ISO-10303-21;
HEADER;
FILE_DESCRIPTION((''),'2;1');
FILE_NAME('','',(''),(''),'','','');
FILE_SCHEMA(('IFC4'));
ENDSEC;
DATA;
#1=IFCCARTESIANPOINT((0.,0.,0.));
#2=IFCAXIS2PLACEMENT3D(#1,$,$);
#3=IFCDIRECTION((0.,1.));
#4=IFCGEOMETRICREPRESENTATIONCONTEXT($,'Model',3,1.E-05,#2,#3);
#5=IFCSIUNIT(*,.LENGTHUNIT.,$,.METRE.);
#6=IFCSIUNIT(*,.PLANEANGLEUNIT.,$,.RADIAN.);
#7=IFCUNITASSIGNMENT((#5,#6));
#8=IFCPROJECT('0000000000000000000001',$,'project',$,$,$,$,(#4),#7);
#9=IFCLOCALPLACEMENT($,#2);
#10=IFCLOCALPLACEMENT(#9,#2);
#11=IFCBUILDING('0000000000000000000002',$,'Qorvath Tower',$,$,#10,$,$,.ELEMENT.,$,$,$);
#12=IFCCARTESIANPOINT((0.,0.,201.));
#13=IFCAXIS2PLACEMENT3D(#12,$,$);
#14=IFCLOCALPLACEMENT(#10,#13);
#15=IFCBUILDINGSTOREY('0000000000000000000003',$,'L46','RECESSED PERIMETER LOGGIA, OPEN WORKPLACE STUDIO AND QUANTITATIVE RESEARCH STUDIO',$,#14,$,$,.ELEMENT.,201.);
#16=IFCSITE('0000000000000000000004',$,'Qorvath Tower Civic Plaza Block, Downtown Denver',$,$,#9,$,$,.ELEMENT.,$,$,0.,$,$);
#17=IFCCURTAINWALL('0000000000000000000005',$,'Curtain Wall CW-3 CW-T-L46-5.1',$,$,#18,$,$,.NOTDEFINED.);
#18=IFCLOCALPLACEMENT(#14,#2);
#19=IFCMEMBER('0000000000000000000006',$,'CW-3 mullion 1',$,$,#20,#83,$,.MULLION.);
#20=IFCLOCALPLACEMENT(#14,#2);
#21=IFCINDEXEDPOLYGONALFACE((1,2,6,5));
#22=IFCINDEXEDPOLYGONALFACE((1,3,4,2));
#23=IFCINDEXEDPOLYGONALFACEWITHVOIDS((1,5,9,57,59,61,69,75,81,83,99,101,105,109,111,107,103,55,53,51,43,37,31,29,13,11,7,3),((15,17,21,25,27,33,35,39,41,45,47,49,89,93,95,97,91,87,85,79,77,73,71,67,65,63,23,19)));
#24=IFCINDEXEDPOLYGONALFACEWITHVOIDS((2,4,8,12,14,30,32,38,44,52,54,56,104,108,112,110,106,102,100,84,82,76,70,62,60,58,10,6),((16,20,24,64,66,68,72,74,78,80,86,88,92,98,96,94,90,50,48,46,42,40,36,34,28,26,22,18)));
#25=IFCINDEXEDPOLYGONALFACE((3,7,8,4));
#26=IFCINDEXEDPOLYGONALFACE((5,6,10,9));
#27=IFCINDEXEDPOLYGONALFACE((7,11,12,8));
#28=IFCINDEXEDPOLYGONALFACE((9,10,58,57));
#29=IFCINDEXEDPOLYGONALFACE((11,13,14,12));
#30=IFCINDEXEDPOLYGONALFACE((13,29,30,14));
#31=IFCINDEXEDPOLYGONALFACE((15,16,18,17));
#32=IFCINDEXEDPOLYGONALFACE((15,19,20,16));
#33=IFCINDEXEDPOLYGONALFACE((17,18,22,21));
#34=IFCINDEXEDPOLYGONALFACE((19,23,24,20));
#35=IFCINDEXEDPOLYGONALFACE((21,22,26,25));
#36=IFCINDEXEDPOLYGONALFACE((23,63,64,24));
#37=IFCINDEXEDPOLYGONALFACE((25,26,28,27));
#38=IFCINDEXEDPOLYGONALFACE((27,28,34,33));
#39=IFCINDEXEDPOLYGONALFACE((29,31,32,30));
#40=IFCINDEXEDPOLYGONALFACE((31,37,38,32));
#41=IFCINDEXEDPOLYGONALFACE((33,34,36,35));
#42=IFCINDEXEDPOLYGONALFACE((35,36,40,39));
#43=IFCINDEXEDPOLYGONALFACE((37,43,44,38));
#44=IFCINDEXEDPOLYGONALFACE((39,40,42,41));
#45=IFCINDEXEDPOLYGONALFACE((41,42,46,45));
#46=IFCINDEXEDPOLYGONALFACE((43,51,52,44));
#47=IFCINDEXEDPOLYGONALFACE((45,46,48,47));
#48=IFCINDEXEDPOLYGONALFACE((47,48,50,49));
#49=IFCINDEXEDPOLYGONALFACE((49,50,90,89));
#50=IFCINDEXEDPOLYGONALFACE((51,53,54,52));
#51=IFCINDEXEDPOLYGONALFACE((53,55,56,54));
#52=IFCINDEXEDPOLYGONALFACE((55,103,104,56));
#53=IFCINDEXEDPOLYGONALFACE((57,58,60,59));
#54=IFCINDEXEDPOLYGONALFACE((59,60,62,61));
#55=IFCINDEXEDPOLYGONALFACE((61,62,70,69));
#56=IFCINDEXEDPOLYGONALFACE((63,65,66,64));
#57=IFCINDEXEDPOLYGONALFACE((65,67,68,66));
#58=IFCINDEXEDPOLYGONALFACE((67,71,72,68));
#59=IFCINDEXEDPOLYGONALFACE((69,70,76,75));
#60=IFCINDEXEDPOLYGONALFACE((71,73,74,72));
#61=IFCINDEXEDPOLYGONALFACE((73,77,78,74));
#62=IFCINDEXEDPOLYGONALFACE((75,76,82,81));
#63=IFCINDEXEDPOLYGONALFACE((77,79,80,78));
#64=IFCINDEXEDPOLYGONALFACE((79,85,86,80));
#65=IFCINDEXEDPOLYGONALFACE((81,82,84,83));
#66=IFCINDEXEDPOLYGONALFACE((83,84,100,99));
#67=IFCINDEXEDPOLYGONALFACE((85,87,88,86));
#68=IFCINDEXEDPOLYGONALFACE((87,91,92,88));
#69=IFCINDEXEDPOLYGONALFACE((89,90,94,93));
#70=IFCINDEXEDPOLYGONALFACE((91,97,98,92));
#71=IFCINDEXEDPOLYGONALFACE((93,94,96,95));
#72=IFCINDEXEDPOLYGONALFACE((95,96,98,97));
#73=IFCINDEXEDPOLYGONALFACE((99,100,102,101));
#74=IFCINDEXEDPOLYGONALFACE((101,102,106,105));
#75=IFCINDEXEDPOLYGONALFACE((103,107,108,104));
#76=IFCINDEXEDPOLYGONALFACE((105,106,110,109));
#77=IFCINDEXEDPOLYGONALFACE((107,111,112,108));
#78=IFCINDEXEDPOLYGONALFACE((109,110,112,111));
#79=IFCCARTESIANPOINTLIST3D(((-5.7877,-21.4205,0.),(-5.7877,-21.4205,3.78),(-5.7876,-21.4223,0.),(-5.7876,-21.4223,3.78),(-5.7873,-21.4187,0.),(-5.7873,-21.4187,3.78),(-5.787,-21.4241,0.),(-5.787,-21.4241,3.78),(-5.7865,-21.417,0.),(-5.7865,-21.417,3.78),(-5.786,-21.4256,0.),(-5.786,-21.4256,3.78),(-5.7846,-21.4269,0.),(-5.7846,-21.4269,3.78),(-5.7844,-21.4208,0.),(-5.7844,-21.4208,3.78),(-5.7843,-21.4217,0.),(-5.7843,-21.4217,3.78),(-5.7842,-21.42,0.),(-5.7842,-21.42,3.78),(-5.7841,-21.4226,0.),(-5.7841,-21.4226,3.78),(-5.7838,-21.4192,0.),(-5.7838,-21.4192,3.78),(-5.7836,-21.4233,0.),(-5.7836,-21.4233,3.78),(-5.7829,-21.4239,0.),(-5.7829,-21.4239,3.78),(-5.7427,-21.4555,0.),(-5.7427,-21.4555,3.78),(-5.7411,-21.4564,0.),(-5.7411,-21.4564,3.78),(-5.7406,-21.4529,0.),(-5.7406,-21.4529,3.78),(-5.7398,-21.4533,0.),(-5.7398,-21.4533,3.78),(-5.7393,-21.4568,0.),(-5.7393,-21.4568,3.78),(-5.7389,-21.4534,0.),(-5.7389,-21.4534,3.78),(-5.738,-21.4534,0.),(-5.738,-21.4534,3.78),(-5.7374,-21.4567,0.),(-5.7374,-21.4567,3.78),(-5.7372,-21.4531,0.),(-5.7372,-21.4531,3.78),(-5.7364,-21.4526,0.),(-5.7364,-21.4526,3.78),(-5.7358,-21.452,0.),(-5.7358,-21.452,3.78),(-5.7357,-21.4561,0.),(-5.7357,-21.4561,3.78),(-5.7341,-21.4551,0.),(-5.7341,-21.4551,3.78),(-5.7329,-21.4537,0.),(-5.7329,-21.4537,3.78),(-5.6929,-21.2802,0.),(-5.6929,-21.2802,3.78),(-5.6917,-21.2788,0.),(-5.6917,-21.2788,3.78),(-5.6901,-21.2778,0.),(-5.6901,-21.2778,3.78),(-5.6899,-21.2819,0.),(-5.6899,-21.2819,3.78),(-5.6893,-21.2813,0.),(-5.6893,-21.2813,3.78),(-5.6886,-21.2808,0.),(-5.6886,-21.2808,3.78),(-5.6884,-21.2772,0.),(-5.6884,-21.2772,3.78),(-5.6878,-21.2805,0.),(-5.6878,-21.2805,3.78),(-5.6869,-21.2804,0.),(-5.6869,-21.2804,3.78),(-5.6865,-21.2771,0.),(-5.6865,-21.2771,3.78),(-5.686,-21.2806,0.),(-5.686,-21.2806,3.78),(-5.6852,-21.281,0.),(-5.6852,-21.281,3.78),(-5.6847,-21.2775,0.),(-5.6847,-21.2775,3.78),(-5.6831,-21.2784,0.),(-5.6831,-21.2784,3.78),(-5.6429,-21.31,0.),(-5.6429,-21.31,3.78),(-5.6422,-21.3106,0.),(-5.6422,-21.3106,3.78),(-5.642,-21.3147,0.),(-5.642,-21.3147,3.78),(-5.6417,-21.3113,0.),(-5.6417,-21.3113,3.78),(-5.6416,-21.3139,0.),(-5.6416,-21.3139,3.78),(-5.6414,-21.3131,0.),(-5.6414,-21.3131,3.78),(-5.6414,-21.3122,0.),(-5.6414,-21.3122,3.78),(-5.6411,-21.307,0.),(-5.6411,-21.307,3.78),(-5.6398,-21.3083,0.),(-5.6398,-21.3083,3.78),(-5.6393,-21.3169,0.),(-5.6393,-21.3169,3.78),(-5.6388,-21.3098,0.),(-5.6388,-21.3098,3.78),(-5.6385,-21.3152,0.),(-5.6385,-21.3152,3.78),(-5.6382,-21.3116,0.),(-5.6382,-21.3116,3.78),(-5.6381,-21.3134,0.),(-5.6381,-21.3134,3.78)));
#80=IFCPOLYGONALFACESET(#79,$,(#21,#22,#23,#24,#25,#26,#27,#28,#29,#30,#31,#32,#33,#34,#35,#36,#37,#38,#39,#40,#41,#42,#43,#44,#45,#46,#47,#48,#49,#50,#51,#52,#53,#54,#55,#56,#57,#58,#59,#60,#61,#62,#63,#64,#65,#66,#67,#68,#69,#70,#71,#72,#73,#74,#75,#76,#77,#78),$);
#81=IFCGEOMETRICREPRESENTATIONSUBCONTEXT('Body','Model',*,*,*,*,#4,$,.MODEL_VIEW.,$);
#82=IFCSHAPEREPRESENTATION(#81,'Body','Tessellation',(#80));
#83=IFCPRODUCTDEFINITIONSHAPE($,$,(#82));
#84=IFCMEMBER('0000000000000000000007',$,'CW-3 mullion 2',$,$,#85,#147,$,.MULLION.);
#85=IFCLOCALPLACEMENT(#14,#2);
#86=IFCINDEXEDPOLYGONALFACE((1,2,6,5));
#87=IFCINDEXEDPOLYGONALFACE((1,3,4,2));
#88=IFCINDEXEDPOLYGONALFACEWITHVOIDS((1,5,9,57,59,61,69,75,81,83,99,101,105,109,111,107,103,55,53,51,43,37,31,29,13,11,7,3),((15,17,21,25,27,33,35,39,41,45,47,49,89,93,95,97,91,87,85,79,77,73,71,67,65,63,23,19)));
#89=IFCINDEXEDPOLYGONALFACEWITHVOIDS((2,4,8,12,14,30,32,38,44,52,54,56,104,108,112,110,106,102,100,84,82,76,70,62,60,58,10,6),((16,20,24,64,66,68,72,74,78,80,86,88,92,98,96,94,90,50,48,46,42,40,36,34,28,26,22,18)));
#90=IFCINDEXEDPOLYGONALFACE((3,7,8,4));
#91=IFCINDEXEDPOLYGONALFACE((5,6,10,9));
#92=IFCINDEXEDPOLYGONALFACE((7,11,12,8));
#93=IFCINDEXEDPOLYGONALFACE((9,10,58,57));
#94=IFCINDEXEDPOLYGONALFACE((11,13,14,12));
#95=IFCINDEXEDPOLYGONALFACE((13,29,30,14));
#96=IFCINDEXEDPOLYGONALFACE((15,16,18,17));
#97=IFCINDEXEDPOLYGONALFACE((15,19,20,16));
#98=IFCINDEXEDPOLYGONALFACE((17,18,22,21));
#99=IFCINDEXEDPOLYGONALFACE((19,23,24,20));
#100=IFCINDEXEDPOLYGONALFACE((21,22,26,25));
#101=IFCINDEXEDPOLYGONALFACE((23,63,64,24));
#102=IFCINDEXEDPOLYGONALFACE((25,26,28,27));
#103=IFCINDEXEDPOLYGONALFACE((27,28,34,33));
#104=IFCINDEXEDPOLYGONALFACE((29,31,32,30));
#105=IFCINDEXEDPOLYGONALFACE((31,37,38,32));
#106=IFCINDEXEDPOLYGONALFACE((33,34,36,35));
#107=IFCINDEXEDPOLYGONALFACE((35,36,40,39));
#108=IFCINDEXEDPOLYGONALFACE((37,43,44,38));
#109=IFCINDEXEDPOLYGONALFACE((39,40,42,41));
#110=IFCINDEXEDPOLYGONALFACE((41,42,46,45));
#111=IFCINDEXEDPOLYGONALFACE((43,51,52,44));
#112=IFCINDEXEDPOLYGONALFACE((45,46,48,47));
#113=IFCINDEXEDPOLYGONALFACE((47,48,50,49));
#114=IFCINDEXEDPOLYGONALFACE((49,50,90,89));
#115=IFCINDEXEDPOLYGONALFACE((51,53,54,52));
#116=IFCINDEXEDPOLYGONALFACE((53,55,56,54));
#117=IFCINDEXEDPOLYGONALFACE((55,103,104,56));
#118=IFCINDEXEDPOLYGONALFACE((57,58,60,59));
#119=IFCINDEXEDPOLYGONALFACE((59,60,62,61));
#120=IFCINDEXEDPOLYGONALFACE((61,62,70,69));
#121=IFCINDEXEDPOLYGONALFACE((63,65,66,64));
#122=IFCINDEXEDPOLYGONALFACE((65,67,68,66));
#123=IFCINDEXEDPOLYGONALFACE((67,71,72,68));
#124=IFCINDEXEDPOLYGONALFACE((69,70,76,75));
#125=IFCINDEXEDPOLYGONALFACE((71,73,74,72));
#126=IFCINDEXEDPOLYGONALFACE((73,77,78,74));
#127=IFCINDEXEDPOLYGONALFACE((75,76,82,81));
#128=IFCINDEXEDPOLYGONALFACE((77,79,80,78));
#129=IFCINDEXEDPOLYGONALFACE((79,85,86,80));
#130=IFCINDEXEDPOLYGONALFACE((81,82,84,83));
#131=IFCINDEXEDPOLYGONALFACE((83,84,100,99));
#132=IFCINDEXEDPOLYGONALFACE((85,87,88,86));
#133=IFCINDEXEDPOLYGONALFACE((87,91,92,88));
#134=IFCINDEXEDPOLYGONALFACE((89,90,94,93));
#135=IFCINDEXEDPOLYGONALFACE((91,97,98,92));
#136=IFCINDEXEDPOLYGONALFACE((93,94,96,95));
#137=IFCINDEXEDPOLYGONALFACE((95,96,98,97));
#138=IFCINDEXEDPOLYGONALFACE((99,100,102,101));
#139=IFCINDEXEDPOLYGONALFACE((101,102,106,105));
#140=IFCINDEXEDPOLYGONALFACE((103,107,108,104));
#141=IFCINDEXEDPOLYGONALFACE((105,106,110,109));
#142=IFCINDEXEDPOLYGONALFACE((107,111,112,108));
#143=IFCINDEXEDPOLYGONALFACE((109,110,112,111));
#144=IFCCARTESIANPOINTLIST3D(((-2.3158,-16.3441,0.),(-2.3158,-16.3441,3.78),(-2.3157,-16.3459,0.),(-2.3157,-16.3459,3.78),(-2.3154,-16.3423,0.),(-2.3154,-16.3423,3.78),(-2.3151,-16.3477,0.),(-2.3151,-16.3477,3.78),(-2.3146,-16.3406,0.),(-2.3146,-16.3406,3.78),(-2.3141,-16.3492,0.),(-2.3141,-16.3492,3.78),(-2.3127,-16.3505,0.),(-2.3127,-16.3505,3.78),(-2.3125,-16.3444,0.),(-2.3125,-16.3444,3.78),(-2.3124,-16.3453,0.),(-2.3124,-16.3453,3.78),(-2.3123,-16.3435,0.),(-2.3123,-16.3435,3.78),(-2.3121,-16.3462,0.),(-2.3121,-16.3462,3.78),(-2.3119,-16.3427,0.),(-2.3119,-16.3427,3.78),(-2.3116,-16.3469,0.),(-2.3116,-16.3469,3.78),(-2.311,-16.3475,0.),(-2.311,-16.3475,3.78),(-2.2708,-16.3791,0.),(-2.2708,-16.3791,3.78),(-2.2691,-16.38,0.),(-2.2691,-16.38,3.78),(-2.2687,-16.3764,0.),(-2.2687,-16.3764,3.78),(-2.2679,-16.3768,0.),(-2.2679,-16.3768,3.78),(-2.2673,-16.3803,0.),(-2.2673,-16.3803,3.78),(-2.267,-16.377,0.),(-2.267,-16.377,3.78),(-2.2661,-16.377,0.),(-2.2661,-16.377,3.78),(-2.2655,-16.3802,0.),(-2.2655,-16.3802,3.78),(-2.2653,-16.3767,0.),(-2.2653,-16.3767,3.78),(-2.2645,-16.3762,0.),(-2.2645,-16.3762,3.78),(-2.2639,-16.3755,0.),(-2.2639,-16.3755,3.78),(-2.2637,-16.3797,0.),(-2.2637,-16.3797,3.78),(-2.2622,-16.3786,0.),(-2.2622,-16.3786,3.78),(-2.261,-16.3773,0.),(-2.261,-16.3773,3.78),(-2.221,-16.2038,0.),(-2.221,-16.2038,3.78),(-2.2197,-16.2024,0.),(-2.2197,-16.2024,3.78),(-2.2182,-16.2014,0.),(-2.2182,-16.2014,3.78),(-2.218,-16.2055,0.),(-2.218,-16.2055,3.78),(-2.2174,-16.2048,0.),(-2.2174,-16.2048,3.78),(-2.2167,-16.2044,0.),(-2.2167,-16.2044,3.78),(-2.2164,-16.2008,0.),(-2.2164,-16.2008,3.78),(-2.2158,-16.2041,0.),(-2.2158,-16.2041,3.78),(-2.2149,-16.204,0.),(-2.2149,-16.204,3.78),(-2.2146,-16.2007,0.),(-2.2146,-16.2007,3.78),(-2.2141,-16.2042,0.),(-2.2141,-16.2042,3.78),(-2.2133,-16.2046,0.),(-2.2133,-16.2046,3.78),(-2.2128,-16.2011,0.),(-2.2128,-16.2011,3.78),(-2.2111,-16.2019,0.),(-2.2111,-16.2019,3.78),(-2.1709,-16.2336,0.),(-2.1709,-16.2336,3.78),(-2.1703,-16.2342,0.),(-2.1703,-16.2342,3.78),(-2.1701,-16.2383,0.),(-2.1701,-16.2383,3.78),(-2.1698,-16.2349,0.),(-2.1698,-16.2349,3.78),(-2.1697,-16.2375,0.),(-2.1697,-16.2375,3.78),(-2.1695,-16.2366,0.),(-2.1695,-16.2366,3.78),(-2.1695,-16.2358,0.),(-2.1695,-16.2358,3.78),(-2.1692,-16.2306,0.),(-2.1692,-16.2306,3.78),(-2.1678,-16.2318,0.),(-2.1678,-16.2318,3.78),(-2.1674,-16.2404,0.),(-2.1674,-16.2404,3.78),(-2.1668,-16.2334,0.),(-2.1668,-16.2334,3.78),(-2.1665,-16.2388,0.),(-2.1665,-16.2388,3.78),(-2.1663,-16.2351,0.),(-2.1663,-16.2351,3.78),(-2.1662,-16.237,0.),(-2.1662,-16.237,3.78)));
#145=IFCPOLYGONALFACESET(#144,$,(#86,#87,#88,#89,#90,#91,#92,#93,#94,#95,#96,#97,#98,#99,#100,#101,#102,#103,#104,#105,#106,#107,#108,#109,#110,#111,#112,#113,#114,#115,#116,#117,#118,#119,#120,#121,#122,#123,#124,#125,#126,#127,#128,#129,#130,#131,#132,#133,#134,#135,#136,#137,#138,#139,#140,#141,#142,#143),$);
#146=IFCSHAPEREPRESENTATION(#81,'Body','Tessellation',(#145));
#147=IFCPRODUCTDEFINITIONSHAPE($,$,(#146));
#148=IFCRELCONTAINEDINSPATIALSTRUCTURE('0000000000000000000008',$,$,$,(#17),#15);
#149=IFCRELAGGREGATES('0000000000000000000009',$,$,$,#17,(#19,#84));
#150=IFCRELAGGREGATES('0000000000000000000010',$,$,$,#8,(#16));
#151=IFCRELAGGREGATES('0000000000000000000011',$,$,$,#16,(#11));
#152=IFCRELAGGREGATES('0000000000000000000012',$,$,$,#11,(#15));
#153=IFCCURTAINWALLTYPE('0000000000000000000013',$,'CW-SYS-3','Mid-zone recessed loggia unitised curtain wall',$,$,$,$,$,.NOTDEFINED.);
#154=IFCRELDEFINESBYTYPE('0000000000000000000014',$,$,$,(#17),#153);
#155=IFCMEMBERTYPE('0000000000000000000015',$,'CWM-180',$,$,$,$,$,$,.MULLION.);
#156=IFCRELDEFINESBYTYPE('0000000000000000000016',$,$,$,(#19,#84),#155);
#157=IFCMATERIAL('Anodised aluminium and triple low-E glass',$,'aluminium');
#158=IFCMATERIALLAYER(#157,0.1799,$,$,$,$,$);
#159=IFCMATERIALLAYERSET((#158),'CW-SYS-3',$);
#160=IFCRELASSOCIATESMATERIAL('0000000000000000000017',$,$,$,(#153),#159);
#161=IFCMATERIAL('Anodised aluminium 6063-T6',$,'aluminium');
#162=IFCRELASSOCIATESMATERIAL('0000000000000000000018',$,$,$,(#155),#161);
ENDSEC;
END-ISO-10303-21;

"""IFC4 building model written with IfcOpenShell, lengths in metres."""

from ifc_helpers import new_model, si_unit, direction, frame, origin, origin_2d, place, context, subcontext, project, spatial, hollow_rectangle, extrude, material, layer, layer_set, material_profile, profile_set, type_object, element, aggregate, save


model = new_model("IFC4")

# Units and contexts
model_context = context("Model", 3, precision=1e-05, world=origin(), true_north=direction((0.0, 1.0)))
body_context = subcontext(model_context, "Body", "Model", "MODEL_VIEW")
ifc_project = project(units=[si_unit("LENGTHUNIT", "METRE"), si_unit("PLANEANGLEUNIT", "RADIAN")], contexts=[model_context])

# Site, building, storey
site_placement = place(None, origin())
site = spatial("IfcSite", under=ifc_project, at=site_placement, Name="Qorvath Tower Civic Plaza Block, Downtown Denver", CompositionType="ELEMENT", RefElevation=0.0)
building_placement = place(site_placement, origin())
building = spatial("IfcBuilding", under=site, at=building_placement, Name="Qorvath Tower", CompositionType="ELEMENT")
storey_placement = place(building_placement, frame((0.0, 0.0, 201.0)))
storey = spatial("IfcBuildingStorey", under=building, at=storey_placement, Name="L46", Description="RECESSED PERIMETER LOGGIA, OPEN WORKPLACE STUDIO AND QUANTITATIVE RESEARCH STUDIO", CompositionType="ELEMENT", Elevation=201.0)

# Curtain wall, members
ifc_material_1 = material(Name="Anodised aluminium and triple low-E glass", Category="aluminium")
ifc_layer_1 = layer(ifc_material_1, 0.1799)
ifc_layer_set_1 = layer_set([ifc_layer_1], Name="CW-SYS-3")
curtain_wall_type = type_object("IfcCurtainWallType", Name="CW-SYS-3", Description="Mid-zone recessed loggia unitised curtain wall", PredefinedType="NOTDEFINED", material=ifc_layer_set_1)
ifc_material_2 = material(Name="Anodised aluminium 6063-T6", Category="aluminium")
ifc_material_profile_1 = material_profile(ifc_material_2, hollow_rectangle(XDim=0.0649, YDim=0.1799, WallThickness=0.0034, InnerFilletRadius=0.0034, OuterFilletRadius=0.0071, at=origin_2d()), Name="CWM 180x65")
ifc_profile_set_1 = profile_set([ifc_material_profile_1], Name="Anodised aluminium 6063-T6")
member_type_1 = type_object("IfcMemberType", Name="CWM-180", PredefinedType="MULLION", material=ifc_profile_set_1)
curtain_wall_1_placement = place(storey_placement, origin())
curtain_wall_1 = element("IfcCurtainWall", 1, at=curtain_wall_1_placement, inside=storey, type_object=curtain_wall_type, Name="Curtain Wall CW-3 CW-T-L46-5.1", PredefinedType="NOTDEFINED")
member_1_placement = place(storey_placement, frame((-5.7129, -21.3669, 0.0), z_axis=(0.0, 0.0, 1.0), x_axis=(-0.825425, 0.564512, 0.0)))
member_1 = element("IfcMember", 2, at=member_1_placement, type_object=member_type_1, Name="CW-3 mullion 1", PredefinedType="MULLION", context=body_context, shape_type="SweptSolid", body=[
    extrude(hollow_rectangle(XDim=0.0649, YDim=0.1799, WallThickness=0.0034, InnerFilletRadius=0.0034, OuterFilletRadius=0.0071, at=origin_2d()), origin(), (0.0, 0.0, 1.0), 3.78),
])
member_2_placement = place(storey_placement, frame((-2.241, -16.2905, 0.0), z_axis=(0.0, 0.0, 1.0), x_axis=(-0.825425, 0.564512, 0.0)))
member_2 = element("IfcMember", 3, at=member_2_placement, type_object=member_type_1, Name="CW-3 mullion 2", PredefinedType="MULLION", context=body_context, shape_type="SweptSolid", body=[
    extrude(hollow_rectangle(XDim=0.0649, YDim=0.1799, WallThickness=0.0034, InnerFilletRadius=0.0034, OuterFilletRadius=0.0071, at=origin_2d()), origin(), (0.0, 0.0, 1.0), 3.78),
])

aggregate(curtain_wall_1, [member_1, member_2])

save(model, "model.ifc")
